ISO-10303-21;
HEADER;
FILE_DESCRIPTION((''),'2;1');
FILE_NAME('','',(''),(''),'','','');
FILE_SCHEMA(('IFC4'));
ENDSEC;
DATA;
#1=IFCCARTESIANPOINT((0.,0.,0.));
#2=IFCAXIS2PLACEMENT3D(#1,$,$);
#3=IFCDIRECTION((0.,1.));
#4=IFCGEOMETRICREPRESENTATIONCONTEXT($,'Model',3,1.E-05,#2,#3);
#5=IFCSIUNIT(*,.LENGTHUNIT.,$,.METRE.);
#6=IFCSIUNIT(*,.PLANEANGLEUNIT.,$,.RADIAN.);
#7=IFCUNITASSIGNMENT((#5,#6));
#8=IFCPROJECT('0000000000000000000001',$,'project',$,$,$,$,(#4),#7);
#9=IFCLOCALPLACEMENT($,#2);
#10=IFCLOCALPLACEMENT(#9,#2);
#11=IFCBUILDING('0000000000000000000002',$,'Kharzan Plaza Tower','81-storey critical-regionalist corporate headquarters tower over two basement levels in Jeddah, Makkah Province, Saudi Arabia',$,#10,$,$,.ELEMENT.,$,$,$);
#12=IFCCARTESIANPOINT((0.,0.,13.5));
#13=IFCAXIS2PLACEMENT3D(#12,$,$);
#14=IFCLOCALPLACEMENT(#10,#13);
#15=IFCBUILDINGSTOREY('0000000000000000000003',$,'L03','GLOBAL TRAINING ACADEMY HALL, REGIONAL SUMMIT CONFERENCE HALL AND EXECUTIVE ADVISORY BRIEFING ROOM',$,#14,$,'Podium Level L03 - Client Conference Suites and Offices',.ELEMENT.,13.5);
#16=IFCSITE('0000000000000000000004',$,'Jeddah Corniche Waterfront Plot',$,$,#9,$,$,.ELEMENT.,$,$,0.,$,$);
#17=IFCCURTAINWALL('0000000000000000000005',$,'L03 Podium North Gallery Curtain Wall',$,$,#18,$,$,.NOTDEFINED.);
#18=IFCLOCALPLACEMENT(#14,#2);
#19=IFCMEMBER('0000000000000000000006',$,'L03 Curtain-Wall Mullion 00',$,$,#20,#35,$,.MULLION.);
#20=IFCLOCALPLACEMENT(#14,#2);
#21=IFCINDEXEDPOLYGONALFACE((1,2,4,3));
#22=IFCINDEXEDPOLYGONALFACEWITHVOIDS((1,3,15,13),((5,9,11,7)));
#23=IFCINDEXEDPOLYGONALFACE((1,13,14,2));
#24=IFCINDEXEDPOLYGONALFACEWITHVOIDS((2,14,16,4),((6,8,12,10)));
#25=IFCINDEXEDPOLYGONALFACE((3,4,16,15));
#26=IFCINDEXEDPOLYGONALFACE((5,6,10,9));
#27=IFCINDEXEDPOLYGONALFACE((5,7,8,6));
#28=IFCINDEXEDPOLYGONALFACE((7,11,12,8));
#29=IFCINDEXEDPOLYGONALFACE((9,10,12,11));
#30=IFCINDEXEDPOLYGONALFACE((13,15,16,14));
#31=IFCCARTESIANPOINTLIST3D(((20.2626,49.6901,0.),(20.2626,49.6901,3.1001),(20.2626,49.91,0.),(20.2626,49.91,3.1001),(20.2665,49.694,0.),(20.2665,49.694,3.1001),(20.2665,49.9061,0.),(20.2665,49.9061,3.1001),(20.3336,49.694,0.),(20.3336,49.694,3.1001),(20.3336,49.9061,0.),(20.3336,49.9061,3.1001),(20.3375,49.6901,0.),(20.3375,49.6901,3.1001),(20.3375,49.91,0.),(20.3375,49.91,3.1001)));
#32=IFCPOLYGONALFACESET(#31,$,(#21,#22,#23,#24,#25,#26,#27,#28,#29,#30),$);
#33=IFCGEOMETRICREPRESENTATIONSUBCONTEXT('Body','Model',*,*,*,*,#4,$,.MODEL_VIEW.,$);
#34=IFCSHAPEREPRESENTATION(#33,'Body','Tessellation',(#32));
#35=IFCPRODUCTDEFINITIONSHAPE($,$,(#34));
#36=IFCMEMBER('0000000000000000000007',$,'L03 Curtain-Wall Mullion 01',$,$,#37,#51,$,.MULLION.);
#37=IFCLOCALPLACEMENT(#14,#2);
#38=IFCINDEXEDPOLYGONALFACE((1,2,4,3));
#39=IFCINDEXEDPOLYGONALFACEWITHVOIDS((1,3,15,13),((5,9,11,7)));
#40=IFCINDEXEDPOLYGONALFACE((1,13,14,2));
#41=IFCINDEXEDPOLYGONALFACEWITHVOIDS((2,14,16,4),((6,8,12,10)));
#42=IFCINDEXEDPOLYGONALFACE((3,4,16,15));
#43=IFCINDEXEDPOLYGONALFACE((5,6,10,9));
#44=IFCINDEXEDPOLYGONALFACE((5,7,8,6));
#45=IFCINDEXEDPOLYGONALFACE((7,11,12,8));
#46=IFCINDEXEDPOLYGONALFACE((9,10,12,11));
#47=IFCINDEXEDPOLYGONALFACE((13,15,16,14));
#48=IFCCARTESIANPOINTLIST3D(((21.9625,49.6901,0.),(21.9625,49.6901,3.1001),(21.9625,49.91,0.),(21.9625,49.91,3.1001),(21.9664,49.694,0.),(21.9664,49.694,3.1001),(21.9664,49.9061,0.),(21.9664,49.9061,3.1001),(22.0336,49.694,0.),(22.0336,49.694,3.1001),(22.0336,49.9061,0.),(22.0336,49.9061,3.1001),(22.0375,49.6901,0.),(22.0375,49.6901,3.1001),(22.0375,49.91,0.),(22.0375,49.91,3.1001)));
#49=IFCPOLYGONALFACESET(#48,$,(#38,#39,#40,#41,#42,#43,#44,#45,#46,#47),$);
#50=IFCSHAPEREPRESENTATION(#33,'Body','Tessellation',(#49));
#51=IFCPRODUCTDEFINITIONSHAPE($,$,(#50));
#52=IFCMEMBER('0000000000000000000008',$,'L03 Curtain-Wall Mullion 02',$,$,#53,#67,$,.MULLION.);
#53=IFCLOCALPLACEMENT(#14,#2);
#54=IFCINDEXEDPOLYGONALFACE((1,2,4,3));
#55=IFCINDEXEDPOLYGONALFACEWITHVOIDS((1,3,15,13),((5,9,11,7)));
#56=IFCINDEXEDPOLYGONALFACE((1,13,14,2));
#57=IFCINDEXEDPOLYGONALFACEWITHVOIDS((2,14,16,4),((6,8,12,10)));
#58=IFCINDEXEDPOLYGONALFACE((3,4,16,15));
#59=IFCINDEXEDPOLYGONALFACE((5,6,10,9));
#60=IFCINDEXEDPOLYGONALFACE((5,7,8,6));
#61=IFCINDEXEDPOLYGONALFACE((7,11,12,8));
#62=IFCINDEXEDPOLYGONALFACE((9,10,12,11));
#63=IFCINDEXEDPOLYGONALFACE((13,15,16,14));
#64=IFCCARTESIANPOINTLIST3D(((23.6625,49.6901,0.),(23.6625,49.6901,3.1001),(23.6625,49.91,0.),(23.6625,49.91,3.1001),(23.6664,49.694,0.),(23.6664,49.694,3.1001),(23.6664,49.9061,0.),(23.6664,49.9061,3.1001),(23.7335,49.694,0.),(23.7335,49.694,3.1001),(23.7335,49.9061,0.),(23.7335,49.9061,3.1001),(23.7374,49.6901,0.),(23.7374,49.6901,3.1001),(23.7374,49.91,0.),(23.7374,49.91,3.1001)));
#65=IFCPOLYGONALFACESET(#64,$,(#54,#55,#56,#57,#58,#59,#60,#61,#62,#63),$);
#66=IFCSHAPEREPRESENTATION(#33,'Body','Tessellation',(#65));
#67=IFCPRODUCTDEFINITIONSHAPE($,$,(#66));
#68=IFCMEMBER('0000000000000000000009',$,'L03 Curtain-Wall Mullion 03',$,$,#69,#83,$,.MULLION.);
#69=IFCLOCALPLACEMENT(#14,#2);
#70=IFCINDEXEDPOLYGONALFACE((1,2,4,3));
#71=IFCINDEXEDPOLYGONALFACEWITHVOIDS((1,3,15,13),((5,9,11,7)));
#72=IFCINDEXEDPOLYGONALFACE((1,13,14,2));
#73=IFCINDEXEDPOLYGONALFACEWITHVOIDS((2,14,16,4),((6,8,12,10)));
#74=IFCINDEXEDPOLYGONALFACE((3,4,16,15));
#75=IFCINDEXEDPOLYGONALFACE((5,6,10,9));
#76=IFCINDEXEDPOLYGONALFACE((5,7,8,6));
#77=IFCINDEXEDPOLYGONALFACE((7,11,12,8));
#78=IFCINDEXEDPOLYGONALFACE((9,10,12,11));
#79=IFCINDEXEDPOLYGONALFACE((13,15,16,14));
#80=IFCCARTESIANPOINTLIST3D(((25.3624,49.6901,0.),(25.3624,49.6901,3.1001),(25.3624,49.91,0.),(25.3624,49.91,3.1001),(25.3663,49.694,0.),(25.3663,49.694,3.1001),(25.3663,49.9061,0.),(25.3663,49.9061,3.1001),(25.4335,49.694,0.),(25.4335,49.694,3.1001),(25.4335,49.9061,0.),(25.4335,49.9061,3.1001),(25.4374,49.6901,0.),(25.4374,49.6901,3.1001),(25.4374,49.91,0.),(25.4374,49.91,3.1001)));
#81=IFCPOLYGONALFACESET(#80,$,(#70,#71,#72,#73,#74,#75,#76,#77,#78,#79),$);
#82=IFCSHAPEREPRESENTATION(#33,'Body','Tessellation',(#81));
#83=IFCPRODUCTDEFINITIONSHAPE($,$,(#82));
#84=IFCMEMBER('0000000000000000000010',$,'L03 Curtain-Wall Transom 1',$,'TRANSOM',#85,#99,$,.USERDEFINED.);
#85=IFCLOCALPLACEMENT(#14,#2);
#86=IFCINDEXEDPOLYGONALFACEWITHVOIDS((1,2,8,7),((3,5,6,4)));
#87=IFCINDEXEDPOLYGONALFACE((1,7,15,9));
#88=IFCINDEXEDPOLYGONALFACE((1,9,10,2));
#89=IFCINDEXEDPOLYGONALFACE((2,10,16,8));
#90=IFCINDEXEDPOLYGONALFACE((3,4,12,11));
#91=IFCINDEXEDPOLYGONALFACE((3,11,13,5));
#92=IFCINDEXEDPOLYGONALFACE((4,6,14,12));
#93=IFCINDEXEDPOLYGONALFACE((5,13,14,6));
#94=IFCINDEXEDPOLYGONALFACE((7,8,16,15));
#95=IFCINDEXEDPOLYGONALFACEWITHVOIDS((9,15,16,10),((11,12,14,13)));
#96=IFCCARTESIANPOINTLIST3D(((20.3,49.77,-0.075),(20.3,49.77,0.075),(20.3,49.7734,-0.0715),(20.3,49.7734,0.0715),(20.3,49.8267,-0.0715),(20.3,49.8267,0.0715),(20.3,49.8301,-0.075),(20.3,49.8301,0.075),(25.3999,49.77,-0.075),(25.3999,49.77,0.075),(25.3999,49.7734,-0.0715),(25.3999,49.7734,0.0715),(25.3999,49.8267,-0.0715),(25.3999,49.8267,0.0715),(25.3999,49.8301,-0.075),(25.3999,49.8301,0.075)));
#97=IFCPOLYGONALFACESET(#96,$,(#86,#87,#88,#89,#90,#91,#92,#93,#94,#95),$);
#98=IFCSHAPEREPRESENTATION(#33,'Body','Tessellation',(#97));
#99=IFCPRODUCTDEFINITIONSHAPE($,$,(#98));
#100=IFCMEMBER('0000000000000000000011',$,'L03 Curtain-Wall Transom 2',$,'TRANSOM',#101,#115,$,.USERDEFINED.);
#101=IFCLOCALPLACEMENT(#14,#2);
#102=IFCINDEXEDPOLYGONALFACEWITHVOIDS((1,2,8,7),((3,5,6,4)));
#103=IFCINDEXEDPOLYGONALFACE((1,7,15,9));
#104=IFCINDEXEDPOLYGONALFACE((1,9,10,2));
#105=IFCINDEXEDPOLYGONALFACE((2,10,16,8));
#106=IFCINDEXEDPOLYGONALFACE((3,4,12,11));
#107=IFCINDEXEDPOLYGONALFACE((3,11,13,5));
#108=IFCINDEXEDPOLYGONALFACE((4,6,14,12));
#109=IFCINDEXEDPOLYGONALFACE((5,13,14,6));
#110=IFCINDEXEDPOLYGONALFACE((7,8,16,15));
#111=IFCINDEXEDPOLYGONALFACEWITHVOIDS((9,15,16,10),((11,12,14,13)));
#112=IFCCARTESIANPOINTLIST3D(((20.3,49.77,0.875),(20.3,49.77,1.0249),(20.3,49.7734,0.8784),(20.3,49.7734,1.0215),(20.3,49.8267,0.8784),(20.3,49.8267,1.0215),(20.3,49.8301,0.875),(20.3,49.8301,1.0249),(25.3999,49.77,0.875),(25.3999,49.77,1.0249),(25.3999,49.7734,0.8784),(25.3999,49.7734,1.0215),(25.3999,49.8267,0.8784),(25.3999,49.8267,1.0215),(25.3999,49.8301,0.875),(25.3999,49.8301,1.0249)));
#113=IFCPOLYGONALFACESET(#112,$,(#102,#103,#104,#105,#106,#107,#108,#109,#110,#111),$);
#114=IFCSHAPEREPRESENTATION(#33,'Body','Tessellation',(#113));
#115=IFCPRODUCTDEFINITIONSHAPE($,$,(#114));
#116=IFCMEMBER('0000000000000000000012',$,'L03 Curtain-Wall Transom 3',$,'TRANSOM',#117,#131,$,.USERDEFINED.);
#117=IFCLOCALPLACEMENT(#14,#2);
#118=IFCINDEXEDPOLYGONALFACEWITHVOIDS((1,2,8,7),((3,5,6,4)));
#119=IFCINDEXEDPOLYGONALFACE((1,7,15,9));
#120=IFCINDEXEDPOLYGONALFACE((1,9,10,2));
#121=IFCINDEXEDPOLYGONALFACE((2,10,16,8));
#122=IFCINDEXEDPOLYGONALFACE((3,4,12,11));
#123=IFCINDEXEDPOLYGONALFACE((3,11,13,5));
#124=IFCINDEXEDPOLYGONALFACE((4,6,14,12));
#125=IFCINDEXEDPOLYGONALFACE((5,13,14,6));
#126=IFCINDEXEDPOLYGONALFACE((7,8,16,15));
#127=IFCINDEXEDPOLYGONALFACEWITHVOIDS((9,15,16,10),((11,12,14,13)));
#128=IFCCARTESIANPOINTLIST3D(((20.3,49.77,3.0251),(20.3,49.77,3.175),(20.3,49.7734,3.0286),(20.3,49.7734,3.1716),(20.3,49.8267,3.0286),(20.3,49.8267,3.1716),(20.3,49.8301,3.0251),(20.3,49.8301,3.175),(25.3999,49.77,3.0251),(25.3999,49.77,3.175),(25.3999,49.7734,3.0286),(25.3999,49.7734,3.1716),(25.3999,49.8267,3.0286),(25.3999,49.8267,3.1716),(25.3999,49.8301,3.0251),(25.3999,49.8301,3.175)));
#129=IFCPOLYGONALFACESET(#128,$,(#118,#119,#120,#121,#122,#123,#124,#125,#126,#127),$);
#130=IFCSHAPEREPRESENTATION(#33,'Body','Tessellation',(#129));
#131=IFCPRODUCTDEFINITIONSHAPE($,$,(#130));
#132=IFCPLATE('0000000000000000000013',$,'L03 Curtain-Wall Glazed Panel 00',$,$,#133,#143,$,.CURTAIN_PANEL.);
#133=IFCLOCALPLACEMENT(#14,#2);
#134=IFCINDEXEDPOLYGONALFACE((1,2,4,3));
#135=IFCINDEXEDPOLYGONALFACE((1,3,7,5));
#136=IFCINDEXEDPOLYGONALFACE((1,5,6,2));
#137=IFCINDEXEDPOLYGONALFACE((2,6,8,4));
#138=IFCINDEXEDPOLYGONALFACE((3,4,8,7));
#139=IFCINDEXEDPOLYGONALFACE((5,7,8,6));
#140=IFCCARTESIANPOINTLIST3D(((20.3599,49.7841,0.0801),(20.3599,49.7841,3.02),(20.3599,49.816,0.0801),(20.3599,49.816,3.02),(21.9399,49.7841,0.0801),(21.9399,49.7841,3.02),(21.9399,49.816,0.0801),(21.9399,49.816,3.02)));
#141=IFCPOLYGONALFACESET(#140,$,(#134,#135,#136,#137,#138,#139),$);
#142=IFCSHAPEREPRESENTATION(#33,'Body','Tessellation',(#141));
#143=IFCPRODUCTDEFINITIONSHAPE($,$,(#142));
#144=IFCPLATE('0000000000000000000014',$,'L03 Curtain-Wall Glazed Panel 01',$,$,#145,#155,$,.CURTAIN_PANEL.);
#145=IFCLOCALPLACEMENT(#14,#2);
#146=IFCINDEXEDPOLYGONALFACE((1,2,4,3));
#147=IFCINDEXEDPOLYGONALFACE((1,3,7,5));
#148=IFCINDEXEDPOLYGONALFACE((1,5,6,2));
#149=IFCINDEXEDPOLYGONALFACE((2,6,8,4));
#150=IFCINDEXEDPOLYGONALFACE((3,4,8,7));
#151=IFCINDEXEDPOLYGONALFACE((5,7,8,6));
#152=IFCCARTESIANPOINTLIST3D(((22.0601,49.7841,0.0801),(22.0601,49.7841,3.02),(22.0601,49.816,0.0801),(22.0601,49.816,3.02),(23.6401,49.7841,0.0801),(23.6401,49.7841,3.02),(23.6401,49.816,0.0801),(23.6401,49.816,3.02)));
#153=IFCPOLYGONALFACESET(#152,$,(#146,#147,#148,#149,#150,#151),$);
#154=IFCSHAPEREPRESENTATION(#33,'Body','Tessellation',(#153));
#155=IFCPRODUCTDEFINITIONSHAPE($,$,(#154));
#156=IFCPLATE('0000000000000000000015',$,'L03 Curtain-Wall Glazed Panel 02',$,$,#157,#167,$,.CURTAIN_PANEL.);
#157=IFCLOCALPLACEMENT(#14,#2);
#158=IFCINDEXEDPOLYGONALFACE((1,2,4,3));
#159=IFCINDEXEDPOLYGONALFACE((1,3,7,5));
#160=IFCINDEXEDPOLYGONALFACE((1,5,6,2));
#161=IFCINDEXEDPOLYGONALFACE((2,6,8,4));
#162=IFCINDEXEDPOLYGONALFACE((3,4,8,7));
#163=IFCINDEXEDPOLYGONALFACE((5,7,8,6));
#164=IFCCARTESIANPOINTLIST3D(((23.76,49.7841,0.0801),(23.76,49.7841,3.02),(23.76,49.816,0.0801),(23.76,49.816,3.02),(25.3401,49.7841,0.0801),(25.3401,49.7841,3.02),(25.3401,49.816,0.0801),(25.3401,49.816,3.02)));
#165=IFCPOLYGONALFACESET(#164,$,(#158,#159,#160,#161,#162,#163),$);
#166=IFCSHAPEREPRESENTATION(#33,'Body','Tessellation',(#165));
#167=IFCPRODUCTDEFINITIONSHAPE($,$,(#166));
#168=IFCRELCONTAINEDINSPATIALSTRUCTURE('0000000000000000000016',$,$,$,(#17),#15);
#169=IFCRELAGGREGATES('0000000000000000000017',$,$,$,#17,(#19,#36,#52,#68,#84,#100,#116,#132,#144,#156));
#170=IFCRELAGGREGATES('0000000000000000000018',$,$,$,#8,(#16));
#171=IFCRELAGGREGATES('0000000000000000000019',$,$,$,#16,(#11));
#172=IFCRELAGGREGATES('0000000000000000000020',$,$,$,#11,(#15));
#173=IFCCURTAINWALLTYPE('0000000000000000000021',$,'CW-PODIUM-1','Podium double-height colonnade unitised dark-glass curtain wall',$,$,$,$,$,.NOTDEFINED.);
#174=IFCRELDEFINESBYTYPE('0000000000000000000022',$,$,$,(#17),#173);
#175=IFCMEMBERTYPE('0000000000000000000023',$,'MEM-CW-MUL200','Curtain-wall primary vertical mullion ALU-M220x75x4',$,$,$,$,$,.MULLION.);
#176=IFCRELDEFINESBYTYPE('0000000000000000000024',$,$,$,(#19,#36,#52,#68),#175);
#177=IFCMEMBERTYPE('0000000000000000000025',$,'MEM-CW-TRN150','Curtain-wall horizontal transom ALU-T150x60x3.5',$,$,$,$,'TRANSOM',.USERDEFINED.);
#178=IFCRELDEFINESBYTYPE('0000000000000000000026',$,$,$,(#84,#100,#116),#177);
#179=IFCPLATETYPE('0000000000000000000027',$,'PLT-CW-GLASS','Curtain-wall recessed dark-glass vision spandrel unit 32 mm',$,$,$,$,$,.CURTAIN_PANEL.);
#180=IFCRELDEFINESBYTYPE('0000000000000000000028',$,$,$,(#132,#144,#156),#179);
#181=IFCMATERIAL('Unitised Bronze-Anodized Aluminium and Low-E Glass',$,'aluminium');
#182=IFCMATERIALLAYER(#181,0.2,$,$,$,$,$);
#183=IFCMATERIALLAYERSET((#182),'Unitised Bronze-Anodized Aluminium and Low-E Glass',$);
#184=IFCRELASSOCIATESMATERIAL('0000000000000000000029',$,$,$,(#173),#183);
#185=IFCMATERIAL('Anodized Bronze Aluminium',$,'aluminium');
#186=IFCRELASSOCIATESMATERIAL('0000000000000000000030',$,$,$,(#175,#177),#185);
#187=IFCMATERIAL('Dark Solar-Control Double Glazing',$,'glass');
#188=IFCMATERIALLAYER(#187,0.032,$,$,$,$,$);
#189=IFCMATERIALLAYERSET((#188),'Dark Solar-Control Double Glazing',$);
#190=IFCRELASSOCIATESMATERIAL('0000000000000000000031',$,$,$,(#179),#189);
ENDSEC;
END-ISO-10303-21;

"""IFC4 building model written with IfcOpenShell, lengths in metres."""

from ifc_helpers import new_model, si_unit, direction, frame, origin, origin_2d, place, context, subcontext, project, spatial, rectangle, hollow_rectangle, extrude, source, transform, mapped, material, layer, layer_set, material_profile, profile_set, type_object, element, aggregate, save


model = new_model("IFC4")

# Units and contexts
model_context = context("Model", 3, precision=1e-05, world=origin(), true_north=direction((0.0, 1.0)))
body_context = subcontext(model_context, "Body", "Model", "MODEL_VIEW")
ifc_project = project(units=[si_unit("LENGTHUNIT", "METRE"), si_unit("PLANEANGLEUNIT", "RADIAN")], contexts=[model_context])

# Site, building, storey
site_placement = place(None, origin())
site = spatial("IfcSite", under=ifc_project, at=site_placement, Name="Jeddah Corniche Waterfront Plot", CompositionType="ELEMENT", RefElevation=0.0)
building_placement = place(site_placement, origin())
building = spatial("IfcBuilding", under=site, at=building_placement, Name="Kharzan Plaza Tower", Description="81-storey critical-regionalist corporate headquarters tower over two basement levels in Jeddah, Makkah Province, Saudi Arabia", CompositionType="ELEMENT")
storey_placement = place(building_placement, frame((0.0, 0.0, 13.5)))
storey = spatial("IfcBuildingStorey", under=building, at=storey_placement, Name="L03", Description="GLOBAL TRAINING ACADEMY HALL, REGIONAL SUMMIT CONFERENCE HALL AND EXECUTIVE ADVISORY BRIEFING ROOM", LongName="Podium Level L03 - Client Conference Suites and Offices", CompositionType="ELEMENT", Elevation=13.5)

# Curtain wall, members, plates
ifc_material_1 = material(Name="Unitised Bronze-Anodized Aluminium and Low-E Glass", Category="aluminium")
ifc_layer_1 = layer(ifc_material_1, 0.2)
ifc_layer_set_1 = layer_set([ifc_layer_1], Name="Unitised Bronze-Anodized Aluminium and Low-E Glass")
curtain_wall_type = type_object("IfcCurtainWallType", Name="CW-PODIUM-1", Description="Podium double-height colonnade unitised dark-glass curtain wall", PredefinedType="NOTDEFINED", material=ifc_layer_set_1)
curtain_wall_placement = place(storey_placement, origin())
curtain_wall = element("IfcCurtainWall", 1, at=curtain_wall_placement, inside=storey, type_object=curtain_wall_type, Name="L03 Podium North Gallery Curtain Wall", PredefinedType="NOTDEFINED")
ifc_material_2 = material(Name="Anodized Bronze Aluminium", Category="aluminium")
ifc_material_profile_1 = material_profile(ifc_material_2, hollow_rectangle(XDim=0.075, YDim=0.22, WallThickness=0.0039, at=origin_2d()), Name="ALU-M220x75x4")
ifc_profile_set_1 = profile_set([ifc_material_profile_1], Name="Anodized Bronze Aluminium")
member_type_1 = type_object("IfcMemberType", Name="MEM-CW-MUL200", Description="Curtain-wall primary vertical mullion ALU-M220x75x4", PredefinedType="MULLION", material=ifc_profile_set_1)
shared_shape_1 = source(origin(), body_context, "Body", "SweptSolid", [
    extrude(hollow_rectangle(XDim=0.075, YDim=0.22, WallThickness=0.0039, at=origin_2d()), origin(), (0.0, 0.0, 1.0), 3.1001),
])
member_1_placement = place(storey_placement, frame((20.3, 49.8, 0.0), z_axis=(0.0, 0.0, 1.0), x_axis=(1.0, 0.0, 0.0)))
member_1 = element("IfcMember", 2, at=member_1_placement, type_object=member_type_1, Name="L03 Curtain-Wall Mullion 00", PredefinedType="MULLION", context=body_context, shape_type="MappedRepresentation", body=[
    mapped(shared_shape_1, transform((0.0, 0.0, 0.0), x_axis=(1.0, 0.0, 0.0), y_axis=(0.0, 1.0, 0.0), z_axis=(0.0, 0.0, 1.0))),
])
member_2_placement = place(storey_placement, frame((22.0, 49.8, 0.0), z_axis=(0.0, 0.0, 1.0), x_axis=(1.0, 0.0, 0.0)))
member_2 = element("IfcMember", 3, at=member_2_placement, type_object=member_type_1, Name="L03 Curtain-Wall Mullion 01", PredefinedType="MULLION", context=body_context, shape_type="MappedRepresentation", body=[
    mapped(shared_shape_1, transform((0.0, 0.0, 0.0), x_axis=(1.0, 0.0, 0.0), y_axis=(0.0, 1.0, 0.0), z_axis=(0.0, 0.0, 1.0))),
])
member_3_placement = place(storey_placement, frame((23.7, 49.8, 0.0), z_axis=(0.0, 0.0, 1.0), x_axis=(1.0, 0.0, 0.0)))
member_3 = element("IfcMember", 4, at=member_3_placement, type_object=member_type_1, Name="L03 Curtain-Wall Mullion 02", PredefinedType="MULLION", context=body_context, shape_type="MappedRepresentation", body=[
    mapped(shared_shape_1, transform((0.0, 0.0, 0.0), x_axis=(1.0, 0.0, 0.0), y_axis=(0.0, 1.0, 0.0), z_axis=(0.0, 0.0, 1.0))),
])
member_4_placement = place(storey_placement, frame((25.3999, 49.8, 0.0), z_axis=(0.0, 0.0, 1.0), x_axis=(1.0, 0.0, 0.0)))
member_4 = element("IfcMember", 5, at=member_4_placement, type_object=member_type_1, Name="L03 Curtain-Wall Mullion 03", PredefinedType="MULLION", context=body_context, shape_type="MappedRepresentation", body=[
    mapped(shared_shape_1, transform((0.0, 0.0, 0.0), x_axis=(1.0, 0.0, 0.0), y_axis=(0.0, 1.0, 0.0), z_axis=(0.0, 0.0, 1.0))),
])
ifc_material_profile_2 = material_profile(ifc_material_2, hollow_rectangle(XDim=0.0601, YDim=0.1499, WallThickness=0.0034, at=origin_2d()), Name="ALU-T150x60x3.5")
ifc_profile_set_2 = profile_set([ifc_material_profile_2], Name="Anodized Bronze Aluminium")
member_type_2 = type_object("IfcMemberType", Name="MEM-CW-TRN150", Description="Curtain-wall horizontal transom ALU-T150x60x3.5", ElementType="TRANSOM", PredefinedType="USERDEFINED", material=ifc_profile_set_2)
shared_shape_2 = source(origin(), body_context, "Body", "SweptSolid", [
    extrude(hollow_rectangle(XDim=0.0601, YDim=0.1499, WallThickness=0.0034, at=origin_2d()), origin(), (0.0, 0.0, 1.0), 5.0999),
])
member_5_placement = place(storey_placement, frame((20.3, 49.8, 0.0), z_axis=(1.0, 0.0, 0.0), x_axis=(0.0, 1.0, 0.0)))
member_5 = element("IfcMember", 6, at=member_5_placement, type_object=member_type_2, Name="L03 Curtain-Wall Transom 1", ObjectType="TRANSOM", PredefinedType="USERDEFINED", context=body_context, shape_type="MappedRepresentation", body=[
    mapped(shared_shape_2, transform((0.0, 0.0, 0.0), x_axis=(1.0, 0.0, 0.0), y_axis=(0.0, 1.0, 0.0), z_axis=(0.0, 0.0, 1.0))),
])
member_6_placement = place(storey_placement, frame((20.3, 49.8, 0.95), z_axis=(1.0, 0.0, 0.0), x_axis=(0.0, 1.0, 0.0)))
member_6 = element("IfcMember", 7, at=member_6_placement, type_object=member_type_2, Name="L03 Curtain-Wall Transom 2", ObjectType="TRANSOM", PredefinedType="USERDEFINED", context=body_context, shape_type="MappedRepresentation", body=[
    mapped(shared_shape_2, transform((0.0, 0.0, 0.0), x_axis=(1.0, 0.0, 0.0), y_axis=(0.0, 1.0, 0.0), z_axis=(0.0, 0.0, 1.0))),
])
member_7_placement = place(storey_placement, frame((20.3, 49.8, 3.1001), z_axis=(1.0, 0.0, 0.0), x_axis=(0.0, 1.0, 0.0)))
member_7 = element("IfcMember", 8, at=member_7_placement, type_object=member_type_2, Name="L03 Curtain-Wall Transom 3", ObjectType="TRANSOM", PredefinedType="USERDEFINED", context=body_context, shape_type="MappedRepresentation", body=[
    mapped(shared_shape_2, transform((0.0, 0.0, 0.0), x_axis=(1.0, 0.0, 0.0), y_axis=(0.0, 1.0, 0.0), z_axis=(0.0, 0.0, 1.0))),
])
ifc_material_3 = material(Name="Dark Solar-Control Double Glazing", Category="glass")
ifc_layer_2 = layer(ifc_material_3, 0.032)
ifc_layer_set_2 = layer_set([ifc_layer_2], Name="Dark Solar-Control Double Glazing")
plate_type = type_object("IfcPlateType", Name="PLT-CW-GLASS", Description="Curtain-wall recessed dark-glass vision spandrel unit 32 mm", PredefinedType="CURTAIN_PANEL", material=ifc_layer_set_2)
shared_shape_3 = source(origin(), body_context, "Body", "SweptSolid", [
    extrude(rectangle(XDim=1.5801, YDim=0.032, at=origin_2d()), origin(), (0.0, 0.0, 1.0), 2.9399),
])
plate_1_placement = place(storey_placement, frame((21.1499, 49.8, 0.0801), z_axis=(0.0, 0.0, 1.0), x_axis=(1.0, 0.0, 0.0)))
plate_1 = element("IfcPlate", 9, at=plate_1_placement, type_object=plate_type, Name="L03 Curtain-Wall Glazed Panel 00", PredefinedType="CURTAIN_PANEL", context=body_context, shape_type="MappedRepresentation", body=[
    mapped(shared_shape_3, transform((0.0, 0.0, 0.0), x_axis=(1.0, 0.0, 0.0), y_axis=(0.0, 1.0, 0.0), z_axis=(0.0, 0.0, 1.0))),
])
plate_2_placement = place(storey_placement, frame((22.8501, 49.8, 0.0801), z_axis=(0.0, 0.0, 1.0), x_axis=(1.0, 0.0, 0.0)))
plate_2 = element("IfcPlate", 10, at=plate_2_placement, type_object=plate_type, Name="L03 Curtain-Wall Glazed Panel 01", PredefinedType="CURTAIN_PANEL", context=body_context, shape_type="MappedRepresentation", body=[
    mapped(shared_shape_3, transform((0.0, 0.0, 0.0), x_axis=(1.0, 0.0, 0.0), y_axis=(0.0, 1.0, 0.0), z_axis=(0.0, 0.0, 1.0))),
])
plate_3_placement = place(storey_placement, frame((24.55, 49.8, 0.0801), z_axis=(0.0, 0.0, 1.0), x_axis=(1.0, 0.0, 0.0)))
plate_3 = element("IfcPlate", 11, at=plate_3_placement, type_object=plate_type, Name="L03 Curtain-Wall Glazed Panel 02", PredefinedType="CURTAIN_PANEL", context=body_context, shape_type="MappedRepresentation", body=[
    mapped(shared_shape_3, transform((0.0, 0.0, 0.0), x_axis=(1.0, 0.0, 0.0), y_axis=(0.0, 1.0, 0.0), z_axis=(0.0, 0.0, 1.0))),
])
aggregate(curtain_wall, [member_1, member_2, member_3, member_4, member_5, member_6, member_7, plate_1, plate_2, plate_3])

save(model, "model.ifc")
